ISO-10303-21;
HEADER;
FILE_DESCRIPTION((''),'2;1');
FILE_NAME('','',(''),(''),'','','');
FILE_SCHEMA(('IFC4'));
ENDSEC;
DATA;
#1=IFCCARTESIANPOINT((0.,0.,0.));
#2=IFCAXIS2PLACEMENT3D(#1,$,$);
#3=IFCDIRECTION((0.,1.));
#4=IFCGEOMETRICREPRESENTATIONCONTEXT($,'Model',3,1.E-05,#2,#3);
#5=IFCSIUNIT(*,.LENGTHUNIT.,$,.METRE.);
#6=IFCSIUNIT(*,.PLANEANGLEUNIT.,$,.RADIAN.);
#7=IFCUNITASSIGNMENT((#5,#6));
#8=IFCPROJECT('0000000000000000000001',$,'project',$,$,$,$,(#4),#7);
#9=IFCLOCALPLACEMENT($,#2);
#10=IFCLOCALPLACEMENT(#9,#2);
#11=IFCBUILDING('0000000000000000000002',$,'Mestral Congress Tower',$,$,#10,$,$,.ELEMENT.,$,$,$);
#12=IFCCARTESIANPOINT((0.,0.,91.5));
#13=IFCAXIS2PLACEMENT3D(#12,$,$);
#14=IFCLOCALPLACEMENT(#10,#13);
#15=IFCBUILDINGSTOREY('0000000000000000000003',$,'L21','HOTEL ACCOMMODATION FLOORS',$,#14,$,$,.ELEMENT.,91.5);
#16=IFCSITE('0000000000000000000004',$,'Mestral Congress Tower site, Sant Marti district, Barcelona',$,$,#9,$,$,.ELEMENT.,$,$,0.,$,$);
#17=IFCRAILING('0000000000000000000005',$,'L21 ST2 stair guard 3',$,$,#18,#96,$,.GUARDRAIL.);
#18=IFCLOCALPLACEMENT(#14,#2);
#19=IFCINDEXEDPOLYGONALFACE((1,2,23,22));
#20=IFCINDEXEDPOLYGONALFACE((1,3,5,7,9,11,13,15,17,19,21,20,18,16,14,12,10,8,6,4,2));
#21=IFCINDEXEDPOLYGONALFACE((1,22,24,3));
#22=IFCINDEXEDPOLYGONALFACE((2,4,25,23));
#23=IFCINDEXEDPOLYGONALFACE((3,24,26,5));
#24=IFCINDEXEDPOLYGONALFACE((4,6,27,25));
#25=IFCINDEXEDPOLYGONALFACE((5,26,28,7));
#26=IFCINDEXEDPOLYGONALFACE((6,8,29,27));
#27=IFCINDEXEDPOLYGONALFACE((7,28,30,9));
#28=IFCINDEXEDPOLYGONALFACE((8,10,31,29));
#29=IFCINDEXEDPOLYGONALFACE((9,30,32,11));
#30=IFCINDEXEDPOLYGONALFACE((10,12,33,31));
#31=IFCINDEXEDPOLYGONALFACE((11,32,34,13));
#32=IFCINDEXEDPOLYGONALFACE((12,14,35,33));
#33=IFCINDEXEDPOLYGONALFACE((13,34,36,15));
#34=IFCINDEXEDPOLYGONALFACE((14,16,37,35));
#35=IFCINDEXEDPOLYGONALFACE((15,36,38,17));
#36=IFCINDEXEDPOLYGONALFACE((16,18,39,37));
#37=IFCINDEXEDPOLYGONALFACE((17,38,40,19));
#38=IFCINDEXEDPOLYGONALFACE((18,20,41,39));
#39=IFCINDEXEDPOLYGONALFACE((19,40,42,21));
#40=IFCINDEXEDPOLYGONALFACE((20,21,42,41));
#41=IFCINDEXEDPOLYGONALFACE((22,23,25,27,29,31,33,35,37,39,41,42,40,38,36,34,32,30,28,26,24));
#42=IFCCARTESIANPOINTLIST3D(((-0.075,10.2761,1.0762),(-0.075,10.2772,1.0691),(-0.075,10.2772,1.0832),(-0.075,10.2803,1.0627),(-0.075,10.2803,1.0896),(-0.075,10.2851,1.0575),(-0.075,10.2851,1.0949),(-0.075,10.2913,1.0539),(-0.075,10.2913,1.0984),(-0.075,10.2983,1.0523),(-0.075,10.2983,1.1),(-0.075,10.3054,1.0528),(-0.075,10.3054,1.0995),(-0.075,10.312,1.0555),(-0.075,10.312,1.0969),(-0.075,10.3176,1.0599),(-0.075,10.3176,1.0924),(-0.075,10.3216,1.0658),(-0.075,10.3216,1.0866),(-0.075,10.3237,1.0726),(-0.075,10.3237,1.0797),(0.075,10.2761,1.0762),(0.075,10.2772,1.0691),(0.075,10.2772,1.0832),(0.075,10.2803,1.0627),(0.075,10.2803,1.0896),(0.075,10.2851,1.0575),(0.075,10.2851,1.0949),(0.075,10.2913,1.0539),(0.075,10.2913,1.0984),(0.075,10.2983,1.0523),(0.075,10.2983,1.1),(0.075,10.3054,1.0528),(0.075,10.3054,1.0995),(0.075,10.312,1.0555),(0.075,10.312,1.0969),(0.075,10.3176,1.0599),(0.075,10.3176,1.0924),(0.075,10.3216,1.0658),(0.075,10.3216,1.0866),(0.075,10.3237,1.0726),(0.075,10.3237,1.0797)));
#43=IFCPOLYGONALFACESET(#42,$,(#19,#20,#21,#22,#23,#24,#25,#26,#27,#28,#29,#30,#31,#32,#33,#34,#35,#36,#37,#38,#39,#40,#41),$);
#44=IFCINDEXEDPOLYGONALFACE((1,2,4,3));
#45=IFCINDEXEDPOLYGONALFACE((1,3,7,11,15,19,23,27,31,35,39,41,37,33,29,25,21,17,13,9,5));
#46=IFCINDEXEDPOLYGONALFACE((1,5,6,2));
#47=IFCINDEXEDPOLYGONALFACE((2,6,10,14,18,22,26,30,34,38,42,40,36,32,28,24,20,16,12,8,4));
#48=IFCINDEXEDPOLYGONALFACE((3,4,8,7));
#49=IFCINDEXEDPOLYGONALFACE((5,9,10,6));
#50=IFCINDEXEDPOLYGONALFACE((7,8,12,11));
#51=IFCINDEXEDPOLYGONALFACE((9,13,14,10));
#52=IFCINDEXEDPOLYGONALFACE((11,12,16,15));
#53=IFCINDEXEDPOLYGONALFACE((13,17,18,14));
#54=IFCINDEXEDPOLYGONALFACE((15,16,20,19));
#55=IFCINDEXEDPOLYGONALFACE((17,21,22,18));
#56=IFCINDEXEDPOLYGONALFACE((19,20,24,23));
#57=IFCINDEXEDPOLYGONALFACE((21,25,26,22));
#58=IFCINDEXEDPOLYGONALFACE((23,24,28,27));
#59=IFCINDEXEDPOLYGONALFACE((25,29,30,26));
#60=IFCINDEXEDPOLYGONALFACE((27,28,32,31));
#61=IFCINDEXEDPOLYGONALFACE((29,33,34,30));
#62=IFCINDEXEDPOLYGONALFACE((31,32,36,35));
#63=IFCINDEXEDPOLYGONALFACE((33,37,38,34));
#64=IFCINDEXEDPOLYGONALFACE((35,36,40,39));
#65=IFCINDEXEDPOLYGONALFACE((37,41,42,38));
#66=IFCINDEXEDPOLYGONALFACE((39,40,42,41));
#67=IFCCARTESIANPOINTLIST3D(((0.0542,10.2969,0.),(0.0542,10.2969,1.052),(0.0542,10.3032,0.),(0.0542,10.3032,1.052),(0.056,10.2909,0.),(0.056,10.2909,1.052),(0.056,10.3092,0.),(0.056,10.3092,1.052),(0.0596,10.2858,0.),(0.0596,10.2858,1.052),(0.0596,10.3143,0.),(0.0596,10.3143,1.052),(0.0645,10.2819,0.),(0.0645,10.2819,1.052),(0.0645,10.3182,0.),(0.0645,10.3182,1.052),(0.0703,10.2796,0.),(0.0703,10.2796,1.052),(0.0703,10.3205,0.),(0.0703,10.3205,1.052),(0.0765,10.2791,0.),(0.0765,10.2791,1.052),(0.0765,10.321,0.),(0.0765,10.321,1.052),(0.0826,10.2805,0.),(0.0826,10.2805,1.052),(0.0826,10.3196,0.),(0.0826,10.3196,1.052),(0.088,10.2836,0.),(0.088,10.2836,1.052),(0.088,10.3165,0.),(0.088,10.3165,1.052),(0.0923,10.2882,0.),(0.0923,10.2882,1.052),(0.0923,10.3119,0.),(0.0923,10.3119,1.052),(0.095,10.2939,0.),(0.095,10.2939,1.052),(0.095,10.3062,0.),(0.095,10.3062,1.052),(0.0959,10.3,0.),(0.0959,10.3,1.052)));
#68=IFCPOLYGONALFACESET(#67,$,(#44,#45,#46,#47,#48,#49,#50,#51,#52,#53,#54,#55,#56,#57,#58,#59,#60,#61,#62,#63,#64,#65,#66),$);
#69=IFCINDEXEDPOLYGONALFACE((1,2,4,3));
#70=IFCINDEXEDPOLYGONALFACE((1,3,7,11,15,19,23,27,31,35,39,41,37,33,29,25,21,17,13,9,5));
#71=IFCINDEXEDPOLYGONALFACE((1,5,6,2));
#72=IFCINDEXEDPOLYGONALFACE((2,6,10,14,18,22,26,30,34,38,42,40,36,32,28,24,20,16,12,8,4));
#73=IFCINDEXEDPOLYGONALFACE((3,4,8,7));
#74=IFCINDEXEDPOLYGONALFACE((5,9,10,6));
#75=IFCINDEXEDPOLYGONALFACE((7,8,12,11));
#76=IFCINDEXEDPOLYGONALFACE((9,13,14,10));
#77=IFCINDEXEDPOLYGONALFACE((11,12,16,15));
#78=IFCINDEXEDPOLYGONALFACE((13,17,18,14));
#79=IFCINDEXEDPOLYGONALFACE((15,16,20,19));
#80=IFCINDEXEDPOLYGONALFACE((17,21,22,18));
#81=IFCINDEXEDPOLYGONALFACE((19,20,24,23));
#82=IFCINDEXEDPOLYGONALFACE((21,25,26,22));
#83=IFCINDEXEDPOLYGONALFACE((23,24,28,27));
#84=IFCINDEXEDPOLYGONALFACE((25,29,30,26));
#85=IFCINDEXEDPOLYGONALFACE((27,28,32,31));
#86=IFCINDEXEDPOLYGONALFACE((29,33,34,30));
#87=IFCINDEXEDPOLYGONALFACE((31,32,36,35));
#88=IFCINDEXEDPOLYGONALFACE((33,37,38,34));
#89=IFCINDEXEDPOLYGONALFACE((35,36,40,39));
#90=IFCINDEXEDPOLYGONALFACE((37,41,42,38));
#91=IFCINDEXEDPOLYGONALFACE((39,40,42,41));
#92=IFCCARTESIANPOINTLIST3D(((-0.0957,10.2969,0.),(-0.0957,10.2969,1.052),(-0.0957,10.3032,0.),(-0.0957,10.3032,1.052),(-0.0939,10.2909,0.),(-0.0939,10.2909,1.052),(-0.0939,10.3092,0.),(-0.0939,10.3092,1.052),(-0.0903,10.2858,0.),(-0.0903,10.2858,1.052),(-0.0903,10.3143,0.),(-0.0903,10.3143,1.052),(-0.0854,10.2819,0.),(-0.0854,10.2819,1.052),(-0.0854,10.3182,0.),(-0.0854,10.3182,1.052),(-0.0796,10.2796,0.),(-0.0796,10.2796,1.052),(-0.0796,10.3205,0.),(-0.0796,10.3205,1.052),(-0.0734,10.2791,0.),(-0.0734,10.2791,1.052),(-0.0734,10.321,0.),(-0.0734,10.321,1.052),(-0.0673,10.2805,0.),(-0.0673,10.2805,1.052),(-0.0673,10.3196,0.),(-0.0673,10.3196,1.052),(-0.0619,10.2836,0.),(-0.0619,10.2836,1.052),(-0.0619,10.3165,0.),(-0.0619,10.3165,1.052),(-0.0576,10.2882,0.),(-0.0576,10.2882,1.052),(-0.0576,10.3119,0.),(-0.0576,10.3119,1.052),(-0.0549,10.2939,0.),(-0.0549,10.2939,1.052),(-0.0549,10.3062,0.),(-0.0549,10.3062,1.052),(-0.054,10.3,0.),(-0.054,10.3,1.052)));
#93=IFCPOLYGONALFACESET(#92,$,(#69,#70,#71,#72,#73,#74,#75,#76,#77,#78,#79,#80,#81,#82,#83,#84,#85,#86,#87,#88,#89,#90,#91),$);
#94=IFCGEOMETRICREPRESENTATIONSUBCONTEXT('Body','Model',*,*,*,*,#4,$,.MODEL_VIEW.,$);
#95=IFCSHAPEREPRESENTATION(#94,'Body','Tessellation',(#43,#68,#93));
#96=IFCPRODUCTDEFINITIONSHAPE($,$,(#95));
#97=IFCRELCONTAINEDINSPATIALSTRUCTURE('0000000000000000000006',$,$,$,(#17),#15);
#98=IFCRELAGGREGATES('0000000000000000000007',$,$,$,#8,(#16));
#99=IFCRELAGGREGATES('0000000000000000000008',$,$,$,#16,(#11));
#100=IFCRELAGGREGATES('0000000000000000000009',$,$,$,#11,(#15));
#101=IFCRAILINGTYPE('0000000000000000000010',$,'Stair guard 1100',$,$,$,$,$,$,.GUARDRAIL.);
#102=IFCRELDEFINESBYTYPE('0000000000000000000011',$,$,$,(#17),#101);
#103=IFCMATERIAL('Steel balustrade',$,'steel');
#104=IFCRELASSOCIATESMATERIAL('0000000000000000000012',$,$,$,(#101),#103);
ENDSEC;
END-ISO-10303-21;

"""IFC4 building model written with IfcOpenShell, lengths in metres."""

from ifc_helpers import new_model, si_unit, direction, frame, origin, origin_2d, place, context, subcontext, project, spatial, circle, extrude, material, type_object, element, save


model = new_model("IFC4")

# Units and contexts
model_context = context("Model", 3, precision=1e-05, world=origin(), true_north=direction((0.0, 1.0)))
body_context = subcontext(model_context, "Body", "Model", "MODEL_VIEW")
ifc_project = project(units=[si_unit("LENGTHUNIT", "METRE"), si_unit("PLANEANGLEUNIT", "RADIAN")], contexts=[model_context])

# Site, building, storey
site_placement = place(None, origin())
site = spatial("IfcSite", under=ifc_project, at=site_placement, Name="Mestral Congress Tower site, Sant Marti district, Barcelona", CompositionType="ELEMENT", RefElevation=0.0)
building_placement = place(site_placement, origin())
building = spatial("IfcBuilding", under=site, at=building_placement, Name="Mestral Congress Tower", CompositionType="ELEMENT")
storey_placement = place(building_placement, frame((0.0, 0.0, 91.5)))
storey = spatial("IfcBuildingStorey", under=building, at=storey_placement, Name="L21", Description="HOTEL ACCOMMODATION FLOORS", CompositionType="ELEMENT", Elevation=91.5)

# Railing
ifc_material_1 = material(Name="Steel balustrade", Category="steel")
railing_type = type_object("IfcRailingType", Name="Stair guard 1100", PredefinedType="GUARDRAIL", material=ifc_material_1)
railing_1_placement = place(storey_placement, frame((0.075, 10.3, 0.0)))
element("IfcRailing", 1, at=railing_1_placement, inside=storey, type_object=railing_type, Name="L21 ST2 stair guard 3", PredefinedType="GUARDRAIL", context=body_context, shape_type="SweptSolid", body=[
    extrude(circle(Radius=0.0239, at=origin_2d()), frame((0.0, 0.0, 1.0762), z_axis=(-1.0, 0.0, 0.0), x_axis=(0.0, -1.0, 0.0)), (0.0, 0.0, 1.0), 0.1499),
    extrude(circle(Radius=0.021, at=origin_2d()), origin(), (0.0, 0.0, 1.0), 1.052),
    extrude(circle(Radius=0.021, at=origin_2d()), frame((-0.1499, 0.0, 0.0)), (0.0, 0.0, 1.0), 1.052),
])

save(model, "model.ifc")
